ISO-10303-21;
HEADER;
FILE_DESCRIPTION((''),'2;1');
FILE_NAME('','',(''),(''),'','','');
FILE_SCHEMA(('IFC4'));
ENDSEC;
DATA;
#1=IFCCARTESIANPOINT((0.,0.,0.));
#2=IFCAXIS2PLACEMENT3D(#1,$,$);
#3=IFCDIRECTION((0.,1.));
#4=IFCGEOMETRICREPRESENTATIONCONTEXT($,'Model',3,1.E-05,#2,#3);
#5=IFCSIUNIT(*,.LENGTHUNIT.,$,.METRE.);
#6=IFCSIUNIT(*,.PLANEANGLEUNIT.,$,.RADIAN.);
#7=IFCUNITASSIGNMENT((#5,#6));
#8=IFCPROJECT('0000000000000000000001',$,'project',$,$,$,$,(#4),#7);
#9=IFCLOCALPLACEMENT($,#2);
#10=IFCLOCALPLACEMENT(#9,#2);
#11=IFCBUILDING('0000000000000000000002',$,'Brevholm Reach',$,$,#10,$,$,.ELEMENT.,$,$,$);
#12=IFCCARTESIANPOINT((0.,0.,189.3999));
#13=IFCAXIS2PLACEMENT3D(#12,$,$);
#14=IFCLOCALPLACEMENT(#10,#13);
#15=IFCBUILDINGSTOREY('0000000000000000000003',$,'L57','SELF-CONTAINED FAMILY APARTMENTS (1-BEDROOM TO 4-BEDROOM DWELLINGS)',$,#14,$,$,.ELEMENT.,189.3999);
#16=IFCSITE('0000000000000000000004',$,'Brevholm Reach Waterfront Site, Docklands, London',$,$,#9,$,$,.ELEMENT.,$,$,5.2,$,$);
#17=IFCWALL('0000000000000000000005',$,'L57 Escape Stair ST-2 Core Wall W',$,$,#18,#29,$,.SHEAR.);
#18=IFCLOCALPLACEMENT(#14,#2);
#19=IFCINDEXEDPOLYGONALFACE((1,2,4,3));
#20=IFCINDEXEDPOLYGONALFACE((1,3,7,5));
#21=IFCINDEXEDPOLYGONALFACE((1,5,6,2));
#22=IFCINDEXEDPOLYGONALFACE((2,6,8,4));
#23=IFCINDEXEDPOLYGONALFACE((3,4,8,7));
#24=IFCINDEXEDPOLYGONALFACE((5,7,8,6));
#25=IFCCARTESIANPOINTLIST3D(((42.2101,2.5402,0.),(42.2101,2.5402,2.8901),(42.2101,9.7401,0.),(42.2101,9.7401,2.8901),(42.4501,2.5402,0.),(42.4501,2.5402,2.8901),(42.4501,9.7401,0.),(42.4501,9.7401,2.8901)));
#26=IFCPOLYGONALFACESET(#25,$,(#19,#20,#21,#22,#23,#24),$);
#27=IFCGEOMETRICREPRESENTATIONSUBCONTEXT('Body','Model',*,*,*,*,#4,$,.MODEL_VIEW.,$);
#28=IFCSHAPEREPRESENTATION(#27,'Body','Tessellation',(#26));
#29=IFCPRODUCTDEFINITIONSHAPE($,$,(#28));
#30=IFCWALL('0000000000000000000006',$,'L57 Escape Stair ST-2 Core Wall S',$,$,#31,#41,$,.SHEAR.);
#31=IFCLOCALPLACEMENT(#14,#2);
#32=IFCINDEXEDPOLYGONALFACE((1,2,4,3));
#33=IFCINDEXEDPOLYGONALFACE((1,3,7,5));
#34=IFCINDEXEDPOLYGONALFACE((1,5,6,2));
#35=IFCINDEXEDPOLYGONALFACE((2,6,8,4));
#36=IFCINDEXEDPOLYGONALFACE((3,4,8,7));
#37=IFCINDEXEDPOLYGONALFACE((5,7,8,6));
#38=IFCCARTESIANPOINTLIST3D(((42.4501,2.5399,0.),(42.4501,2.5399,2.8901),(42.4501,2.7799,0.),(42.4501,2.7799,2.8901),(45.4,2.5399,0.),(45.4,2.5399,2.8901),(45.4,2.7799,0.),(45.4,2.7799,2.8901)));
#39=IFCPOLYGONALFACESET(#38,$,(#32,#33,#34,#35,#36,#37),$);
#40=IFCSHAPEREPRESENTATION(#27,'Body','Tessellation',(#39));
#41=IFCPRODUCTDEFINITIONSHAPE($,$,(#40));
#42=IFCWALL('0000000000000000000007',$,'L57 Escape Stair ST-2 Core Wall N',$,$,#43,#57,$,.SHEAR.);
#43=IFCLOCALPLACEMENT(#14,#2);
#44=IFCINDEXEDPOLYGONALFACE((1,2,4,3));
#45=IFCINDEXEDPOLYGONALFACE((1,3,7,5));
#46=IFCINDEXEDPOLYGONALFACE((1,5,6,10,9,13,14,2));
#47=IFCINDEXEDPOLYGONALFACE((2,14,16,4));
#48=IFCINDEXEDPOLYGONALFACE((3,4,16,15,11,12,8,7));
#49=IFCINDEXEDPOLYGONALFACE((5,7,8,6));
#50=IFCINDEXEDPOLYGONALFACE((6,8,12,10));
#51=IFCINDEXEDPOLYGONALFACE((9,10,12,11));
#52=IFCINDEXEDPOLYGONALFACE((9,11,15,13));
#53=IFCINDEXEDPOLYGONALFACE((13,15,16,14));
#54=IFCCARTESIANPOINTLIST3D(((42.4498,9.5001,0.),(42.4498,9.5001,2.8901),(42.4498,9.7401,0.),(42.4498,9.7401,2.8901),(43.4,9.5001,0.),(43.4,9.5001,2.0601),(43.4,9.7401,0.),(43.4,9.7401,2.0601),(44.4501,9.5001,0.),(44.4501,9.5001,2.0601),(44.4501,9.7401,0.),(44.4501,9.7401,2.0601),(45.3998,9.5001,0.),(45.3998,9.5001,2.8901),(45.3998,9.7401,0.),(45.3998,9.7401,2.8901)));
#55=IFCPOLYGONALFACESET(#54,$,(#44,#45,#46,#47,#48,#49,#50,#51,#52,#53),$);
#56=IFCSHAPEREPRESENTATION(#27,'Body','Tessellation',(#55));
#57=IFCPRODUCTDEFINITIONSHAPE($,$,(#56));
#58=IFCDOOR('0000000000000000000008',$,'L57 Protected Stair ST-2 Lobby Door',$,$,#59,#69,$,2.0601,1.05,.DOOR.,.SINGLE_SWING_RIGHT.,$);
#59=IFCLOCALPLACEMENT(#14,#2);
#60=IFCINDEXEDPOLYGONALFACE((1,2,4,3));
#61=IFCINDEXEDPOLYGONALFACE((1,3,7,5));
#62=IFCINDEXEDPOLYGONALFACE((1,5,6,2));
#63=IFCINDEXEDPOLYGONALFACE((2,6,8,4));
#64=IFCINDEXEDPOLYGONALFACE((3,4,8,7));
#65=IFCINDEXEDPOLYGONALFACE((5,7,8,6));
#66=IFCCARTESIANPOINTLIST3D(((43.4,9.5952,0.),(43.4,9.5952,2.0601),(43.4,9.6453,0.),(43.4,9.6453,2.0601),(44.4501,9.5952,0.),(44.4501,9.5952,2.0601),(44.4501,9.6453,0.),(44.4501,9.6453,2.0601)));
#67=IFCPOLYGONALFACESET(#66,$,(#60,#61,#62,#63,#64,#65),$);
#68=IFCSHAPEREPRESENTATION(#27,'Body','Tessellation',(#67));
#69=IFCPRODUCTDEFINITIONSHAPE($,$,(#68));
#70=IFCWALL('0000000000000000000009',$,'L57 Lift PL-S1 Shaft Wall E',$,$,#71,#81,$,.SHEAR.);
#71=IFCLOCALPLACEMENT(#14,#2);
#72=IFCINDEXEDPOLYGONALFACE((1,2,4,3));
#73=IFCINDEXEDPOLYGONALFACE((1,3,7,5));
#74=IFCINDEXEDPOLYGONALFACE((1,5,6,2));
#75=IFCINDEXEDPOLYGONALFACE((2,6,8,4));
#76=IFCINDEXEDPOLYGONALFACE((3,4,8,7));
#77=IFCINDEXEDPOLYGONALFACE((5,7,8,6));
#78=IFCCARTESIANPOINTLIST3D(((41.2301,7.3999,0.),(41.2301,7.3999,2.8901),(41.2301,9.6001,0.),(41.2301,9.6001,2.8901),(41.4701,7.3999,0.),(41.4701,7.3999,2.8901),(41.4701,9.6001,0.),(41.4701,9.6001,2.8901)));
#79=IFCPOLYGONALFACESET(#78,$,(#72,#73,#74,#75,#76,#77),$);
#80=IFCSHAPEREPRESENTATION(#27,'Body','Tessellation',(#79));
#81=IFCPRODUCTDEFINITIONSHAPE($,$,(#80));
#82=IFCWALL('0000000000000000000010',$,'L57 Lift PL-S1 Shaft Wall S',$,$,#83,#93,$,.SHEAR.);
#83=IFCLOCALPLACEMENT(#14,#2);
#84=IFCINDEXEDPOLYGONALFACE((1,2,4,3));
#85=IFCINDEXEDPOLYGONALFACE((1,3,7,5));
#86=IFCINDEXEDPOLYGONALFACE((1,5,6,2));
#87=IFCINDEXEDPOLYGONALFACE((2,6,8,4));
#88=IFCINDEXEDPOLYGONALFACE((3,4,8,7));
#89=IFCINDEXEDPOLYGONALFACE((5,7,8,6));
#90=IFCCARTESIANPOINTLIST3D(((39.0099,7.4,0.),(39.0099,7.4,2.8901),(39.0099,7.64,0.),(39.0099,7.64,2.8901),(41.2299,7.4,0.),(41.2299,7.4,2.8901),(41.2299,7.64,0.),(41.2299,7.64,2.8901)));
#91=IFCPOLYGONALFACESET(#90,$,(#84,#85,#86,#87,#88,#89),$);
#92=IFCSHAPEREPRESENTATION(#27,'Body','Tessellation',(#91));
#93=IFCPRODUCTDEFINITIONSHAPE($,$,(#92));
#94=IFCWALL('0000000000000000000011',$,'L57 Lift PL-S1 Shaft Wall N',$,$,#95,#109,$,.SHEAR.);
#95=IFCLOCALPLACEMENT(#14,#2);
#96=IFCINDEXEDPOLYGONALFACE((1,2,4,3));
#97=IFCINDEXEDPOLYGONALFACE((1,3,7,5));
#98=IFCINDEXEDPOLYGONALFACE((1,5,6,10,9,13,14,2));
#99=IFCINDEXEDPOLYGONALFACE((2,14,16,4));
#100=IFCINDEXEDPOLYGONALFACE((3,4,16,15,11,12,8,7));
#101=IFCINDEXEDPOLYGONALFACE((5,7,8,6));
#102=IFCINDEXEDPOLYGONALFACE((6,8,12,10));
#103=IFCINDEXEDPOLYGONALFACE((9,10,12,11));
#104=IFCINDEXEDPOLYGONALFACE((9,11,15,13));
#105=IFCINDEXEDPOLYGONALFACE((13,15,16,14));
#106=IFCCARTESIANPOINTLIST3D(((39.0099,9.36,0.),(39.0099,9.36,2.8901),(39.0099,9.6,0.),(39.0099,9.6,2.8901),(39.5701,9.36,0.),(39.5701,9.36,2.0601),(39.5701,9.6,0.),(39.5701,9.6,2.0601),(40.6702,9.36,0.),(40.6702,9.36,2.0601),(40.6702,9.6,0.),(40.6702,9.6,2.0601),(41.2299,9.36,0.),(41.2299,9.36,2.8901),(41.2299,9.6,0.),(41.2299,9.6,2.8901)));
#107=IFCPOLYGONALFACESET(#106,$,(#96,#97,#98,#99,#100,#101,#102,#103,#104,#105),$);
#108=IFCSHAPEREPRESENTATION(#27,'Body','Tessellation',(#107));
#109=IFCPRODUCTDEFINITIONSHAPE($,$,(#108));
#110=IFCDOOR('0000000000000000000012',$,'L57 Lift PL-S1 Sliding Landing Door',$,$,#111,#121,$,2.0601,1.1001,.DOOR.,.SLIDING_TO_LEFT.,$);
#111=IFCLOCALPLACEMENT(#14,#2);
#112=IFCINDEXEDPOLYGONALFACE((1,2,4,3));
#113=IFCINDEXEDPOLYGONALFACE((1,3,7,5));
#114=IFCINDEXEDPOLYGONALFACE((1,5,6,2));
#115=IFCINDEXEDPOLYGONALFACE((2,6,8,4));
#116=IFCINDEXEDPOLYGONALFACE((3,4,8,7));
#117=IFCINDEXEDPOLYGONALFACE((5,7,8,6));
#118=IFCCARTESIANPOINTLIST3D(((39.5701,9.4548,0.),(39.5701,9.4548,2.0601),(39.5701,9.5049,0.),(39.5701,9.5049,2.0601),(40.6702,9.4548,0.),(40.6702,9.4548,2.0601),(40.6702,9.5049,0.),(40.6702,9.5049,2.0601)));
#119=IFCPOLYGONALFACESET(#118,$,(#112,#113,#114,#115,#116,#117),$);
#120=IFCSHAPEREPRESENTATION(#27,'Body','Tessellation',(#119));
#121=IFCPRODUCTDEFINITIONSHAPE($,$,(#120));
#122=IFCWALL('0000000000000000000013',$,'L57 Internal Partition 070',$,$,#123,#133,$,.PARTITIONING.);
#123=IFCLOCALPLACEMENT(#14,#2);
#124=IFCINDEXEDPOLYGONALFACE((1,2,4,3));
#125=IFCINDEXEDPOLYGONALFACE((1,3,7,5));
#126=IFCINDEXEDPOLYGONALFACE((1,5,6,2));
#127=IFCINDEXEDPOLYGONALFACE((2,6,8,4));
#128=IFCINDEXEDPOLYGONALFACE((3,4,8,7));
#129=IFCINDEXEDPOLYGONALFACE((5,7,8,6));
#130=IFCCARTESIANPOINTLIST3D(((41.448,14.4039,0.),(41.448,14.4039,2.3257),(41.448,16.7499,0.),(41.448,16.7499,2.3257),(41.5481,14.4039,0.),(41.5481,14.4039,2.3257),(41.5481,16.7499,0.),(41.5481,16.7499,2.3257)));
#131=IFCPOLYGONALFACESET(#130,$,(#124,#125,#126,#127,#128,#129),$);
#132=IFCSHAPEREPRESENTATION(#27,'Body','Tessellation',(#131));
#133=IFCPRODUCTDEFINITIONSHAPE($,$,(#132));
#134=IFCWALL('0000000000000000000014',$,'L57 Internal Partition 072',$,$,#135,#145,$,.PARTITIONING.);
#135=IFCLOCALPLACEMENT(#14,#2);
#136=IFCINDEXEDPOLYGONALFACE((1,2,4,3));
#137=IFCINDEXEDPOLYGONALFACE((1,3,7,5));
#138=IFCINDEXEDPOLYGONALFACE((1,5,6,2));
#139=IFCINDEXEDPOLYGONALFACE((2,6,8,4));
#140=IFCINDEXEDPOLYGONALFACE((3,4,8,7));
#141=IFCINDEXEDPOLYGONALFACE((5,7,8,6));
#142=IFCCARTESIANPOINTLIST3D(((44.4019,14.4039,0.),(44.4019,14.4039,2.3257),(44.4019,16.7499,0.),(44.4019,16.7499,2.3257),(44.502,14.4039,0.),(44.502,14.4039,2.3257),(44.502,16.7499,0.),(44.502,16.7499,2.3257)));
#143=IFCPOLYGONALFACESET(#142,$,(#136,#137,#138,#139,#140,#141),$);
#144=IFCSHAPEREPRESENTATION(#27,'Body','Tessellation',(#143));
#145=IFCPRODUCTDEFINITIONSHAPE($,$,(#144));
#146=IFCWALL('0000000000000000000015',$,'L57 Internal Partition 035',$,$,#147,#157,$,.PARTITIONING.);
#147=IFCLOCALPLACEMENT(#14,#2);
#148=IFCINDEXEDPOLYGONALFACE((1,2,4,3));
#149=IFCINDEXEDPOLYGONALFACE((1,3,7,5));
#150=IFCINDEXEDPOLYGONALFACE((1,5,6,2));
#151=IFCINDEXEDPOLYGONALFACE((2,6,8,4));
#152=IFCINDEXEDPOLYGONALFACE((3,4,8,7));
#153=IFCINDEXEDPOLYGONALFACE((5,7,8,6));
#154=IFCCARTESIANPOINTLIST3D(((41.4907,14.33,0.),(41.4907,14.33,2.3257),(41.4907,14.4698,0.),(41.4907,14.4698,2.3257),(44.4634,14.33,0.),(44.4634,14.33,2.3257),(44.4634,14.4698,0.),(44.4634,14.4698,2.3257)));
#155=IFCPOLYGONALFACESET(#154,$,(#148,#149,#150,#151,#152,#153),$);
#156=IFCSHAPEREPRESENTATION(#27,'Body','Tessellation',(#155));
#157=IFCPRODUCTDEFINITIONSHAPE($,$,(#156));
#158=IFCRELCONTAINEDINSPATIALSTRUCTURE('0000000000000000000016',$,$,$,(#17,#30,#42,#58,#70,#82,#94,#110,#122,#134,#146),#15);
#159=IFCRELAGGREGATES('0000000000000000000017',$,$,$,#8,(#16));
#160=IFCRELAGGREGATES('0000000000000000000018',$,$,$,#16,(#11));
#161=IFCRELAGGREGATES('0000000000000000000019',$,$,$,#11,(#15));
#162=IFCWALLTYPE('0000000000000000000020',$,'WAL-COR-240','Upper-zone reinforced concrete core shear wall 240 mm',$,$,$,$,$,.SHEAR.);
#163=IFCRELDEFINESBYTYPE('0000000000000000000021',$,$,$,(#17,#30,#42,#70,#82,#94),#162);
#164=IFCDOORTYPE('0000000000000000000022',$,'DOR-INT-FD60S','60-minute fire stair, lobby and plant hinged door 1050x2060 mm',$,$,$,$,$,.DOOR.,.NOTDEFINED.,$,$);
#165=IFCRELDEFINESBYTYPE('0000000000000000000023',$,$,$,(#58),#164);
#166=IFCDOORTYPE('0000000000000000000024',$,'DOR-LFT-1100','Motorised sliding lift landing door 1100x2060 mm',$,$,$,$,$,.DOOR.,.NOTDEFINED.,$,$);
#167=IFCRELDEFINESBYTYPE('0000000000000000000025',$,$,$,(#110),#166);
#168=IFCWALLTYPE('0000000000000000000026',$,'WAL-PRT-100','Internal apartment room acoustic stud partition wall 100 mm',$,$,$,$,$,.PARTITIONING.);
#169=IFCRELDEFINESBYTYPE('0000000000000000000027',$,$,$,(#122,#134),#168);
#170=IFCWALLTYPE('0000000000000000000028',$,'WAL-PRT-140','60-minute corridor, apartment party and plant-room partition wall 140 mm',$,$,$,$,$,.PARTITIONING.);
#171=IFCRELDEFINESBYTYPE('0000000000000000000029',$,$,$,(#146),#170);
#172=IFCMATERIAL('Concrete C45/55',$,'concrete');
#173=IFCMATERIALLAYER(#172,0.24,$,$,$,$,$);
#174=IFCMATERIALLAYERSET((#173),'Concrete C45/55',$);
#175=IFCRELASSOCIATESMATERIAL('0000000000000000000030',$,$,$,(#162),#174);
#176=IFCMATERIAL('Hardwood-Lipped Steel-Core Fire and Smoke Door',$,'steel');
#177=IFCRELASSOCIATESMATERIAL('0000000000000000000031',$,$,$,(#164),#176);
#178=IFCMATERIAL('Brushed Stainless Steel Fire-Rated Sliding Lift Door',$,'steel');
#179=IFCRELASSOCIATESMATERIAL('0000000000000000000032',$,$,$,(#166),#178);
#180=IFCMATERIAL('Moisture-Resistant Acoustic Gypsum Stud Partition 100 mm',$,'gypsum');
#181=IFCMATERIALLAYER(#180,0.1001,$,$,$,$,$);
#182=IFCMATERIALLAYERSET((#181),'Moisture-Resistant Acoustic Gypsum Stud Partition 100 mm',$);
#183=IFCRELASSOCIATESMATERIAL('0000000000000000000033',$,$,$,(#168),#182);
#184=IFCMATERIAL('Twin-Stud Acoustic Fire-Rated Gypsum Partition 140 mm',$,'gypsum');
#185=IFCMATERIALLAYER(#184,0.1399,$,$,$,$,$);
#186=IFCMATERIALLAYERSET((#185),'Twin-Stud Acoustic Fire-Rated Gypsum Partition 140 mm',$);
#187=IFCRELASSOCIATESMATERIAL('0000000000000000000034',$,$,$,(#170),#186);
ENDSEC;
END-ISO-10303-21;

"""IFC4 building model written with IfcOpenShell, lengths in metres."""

from ifc_helpers import new_model, si_unit, direction, frame, frame_2d, origin, place, context, subcontext, project, spatial, rectangle, extrude, material, layer, layer_set, type_object, element, fill, save


model = new_model("IFC4")

# Units and contexts
model_context = context("Model", 3, precision=1e-05, world=origin(), true_north=direction((0.0, 1.0)))
body_context = subcontext(model_context, "Body", "Model", "MODEL_VIEW")
ifc_project = project(units=[si_unit("LENGTHUNIT", "METRE"), si_unit("PLANEANGLEUNIT", "RADIAN")], contexts=[model_context])

# Site, building, storey
site_placement = place(None, origin())
site = spatial("IfcSite", under=ifc_project, at=site_placement, Name="Brevholm Reach Waterfront Site, Docklands, London", CompositionType="ELEMENT", RefElevation=5.2)
building_placement = place(site_placement, origin())
building = spatial("IfcBuilding", under=site, at=building_placement, Name="Brevholm Reach", CompositionType="ELEMENT")
storey_placement = place(building_placement, frame((0.0, 0.0, 189.3999)))
storey = spatial("IfcBuildingStorey", under=building, at=storey_placement, Name="L57", Description="SELF-CONTAINED FAMILY APARTMENTS (1-BEDROOM TO 4-BEDROOM DWELLINGS)", CompositionType="ELEMENT", Elevation=189.3999)

# Walls
ifc_material_1 = material(Name="Concrete C45/55", Category="concrete")
ifc_layer_1 = layer(ifc_material_1, 0.24)
ifc_layer_set_1 = layer_set([ifc_layer_1], Name="Concrete C45/55")
wall_type_1 = type_object("IfcWallType", Name="WAL-COR-240", Description="Upper-zone reinforced concrete core shear wall 240 mm", PredefinedType="SHEAR", material=ifc_layer_set_1)
wall_1_placement = place(storey_placement, frame((42.3301, 2.54, 0.0), z_axis=(0.0, 0.0, 1.0), x_axis=(0.0, 1.0, 0.0)))
element("IfcWall", 1, at=wall_1_placement, inside=storey, type_object=wall_type_1, Name="L57 Escape Stair ST-2 Core Wall W", PredefinedType="SHEAR", context=body_context, shape_type="SweptSolid", body=[
    extrude(rectangle(XDim=7.2, YDim=0.24, at=frame_2d((3.6001, 0.0))), origin(), (0.0, 0.0, 1.0), 2.8901),
])
wall_2_placement = place(storey_placement, frame((42.45, 2.6599, 0.0), z_axis=(0.0, 0.0, 1.0), x_axis=(1.0, 0.0, 0.0)))
element("IfcWall", 2, at=wall_2_placement, inside=storey, type_object=wall_type_1, Name="L57 Escape Stair ST-2 Core Wall S", PredefinedType="SHEAR", context=body_context, shape_type="SweptSolid", body=[
    extrude(rectangle(XDim=2.95, YDim=0.24, at=frame_2d((1.4751, 0.0))), origin(), (0.0, 0.0, 1.0), 2.8901),
])

# Wall, opening, door
wall_3_placement = place(storey_placement, frame((45.3999, 9.6201, 0.0), z_axis=(0.0, 0.0, 1.0), x_axis=(-1.0, 0.0, 0.0)))
wall_3 = element("IfcWall", 3, at=wall_3_placement, inside=storey, type_object=wall_type_1, Name="L57 Escape Stair ST-2 Core Wall N", PredefinedType="SHEAR", context=body_context, shape_type="SweptSolid", body=[
    extrude(rectangle(XDim=2.95, YDim=0.24, at=frame_2d((1.4751, 0.0))), origin(), (0.0, 0.0, 1.0), 2.8901),
])
opening_1_placement = place(wall_3_placement, frame((0.95, 0.0, 0.0)))
opening_1 = element("IfcOpeningElement", 4, at=opening_1_placement, cuts=wall_3, PredefinedType="OPENING", context=body_context, shape_type="SweptSolid", body=[
    extrude(rectangle(XDim=1.05, YDim=2.0601, at=frame_2d((0.5249, 1.03))), frame((0.0, 0.1299, 0.0), z_axis=(0.0, -1.0, 0.0), x_axis=(1.0, 0.0, 0.0)), (0.0, 0.0, 1.0), 0.26),
])
ifc_material_2 = material(Name="Hardwood-Lipped Steel-Core Fire and Smoke Door", Category="steel")
door_type_1 = type_object("IfcDoorType", Name="DOR-INT-FD60S", Description="60-minute fire stair, lobby and plant hinged door 1050x2060 mm", OperationType="NOTDEFINED", PredefinedType="DOOR", material=ifc_material_2)
door_1_placement = place(opening_1_placement, origin())
door_1 = element("IfcDoor", 5, at=door_1_placement, inside=storey, type_object=door_type_1, Name="L57 Protected Stair ST-2 Lobby Door", OperationType="SINGLE_SWING_RIGHT", OverallHeight=2.0601, OverallWidth=1.05, PredefinedType="DOOR", context=body_context, shape_type="SweptSolid", body=[
    extrude(rectangle(XDim=1.05, YDim=2.0601, at=frame_2d((0.5249, 1.03))), frame((0.0, 0.0249, 0.0), z_axis=(0.0, -1.0, 0.0), x_axis=(1.0, 0.0, 0.0)), (0.0, 0.0, 1.0), 0.05),
])
fill(opening_1, door_1)

# Walls
wall_4_placement = place(storey_placement, frame((41.3501, 7.3999, 0.0), z_axis=(0.0, 0.0, 1.0), x_axis=(0.0, 1.0, 0.0)))
element("IfcWall", 6, at=wall_4_placement, inside=storey, type_object=wall_type_1, Name="L57 Lift PL-S1 Shaft Wall E", PredefinedType="SHEAR", context=body_context, shape_type="SweptSolid", body=[
    extrude(rectangle(XDim=2.2002, YDim=0.24, at=frame_2d((1.1001, 0.0))), origin(), (0.0, 0.0, 1.0), 2.8901),
])
wall_5_placement = place(storey_placement, frame((39.01, 7.52, 0.0), z_axis=(0.0, 0.0, 1.0), x_axis=(1.0, 0.0, 0.0)))
element("IfcWall", 7, at=wall_5_placement, inside=storey, type_object=wall_type_1, Name="L57 Lift PL-S1 Shaft Wall S", PredefinedType="SHEAR", context=body_context, shape_type="SweptSolid", body=[
    extrude(rectangle(XDim=2.22, YDim=0.24, at=frame_2d((1.1099, 0.0))), origin(), (0.0, 0.0, 1.0), 2.8901),
])

# Wall, opening, door
wall_6_placement = place(storey_placement, frame((39.01, 9.48, 0.0), z_axis=(0.0, 0.0, 1.0), x_axis=(1.0, 0.0, 0.0)))
wall_6 = element("IfcWall", 8, at=wall_6_placement, inside=storey, type_object=wall_type_1, Name="L57 Lift PL-S1 Shaft Wall N", PredefinedType="SHEAR", context=body_context, shape_type="SweptSolid", body=[
    extrude(rectangle(XDim=2.22, YDim=0.24, at=frame_2d((1.1099, 0.0))), origin(), (0.0, 0.0, 1.0), 2.8901),
])
opening_2_placement = place(wall_6_placement, frame((0.5601, 0.0, 0.0)))
opening_2 = element("IfcOpeningElement", 9, at=opening_2_placement, cuts=wall_6, PredefinedType="OPENING", context=body_context, shape_type="SweptSolid", body=[
    extrude(rectangle(XDim=1.1001, YDim=2.0601, at=frame_2d((0.55, 1.03))), frame((0.0, 0.1299, 0.0), z_axis=(0.0, -1.0, 0.0), x_axis=(1.0, 0.0, 0.0)), (0.0, 0.0, 1.0), 0.26),
])
ifc_material_3 = material(Name="Brushed Stainless Steel Fire-Rated Sliding Lift Door", Category="steel")
door_type_2 = type_object("IfcDoorType", Name="DOR-LFT-1100", Description="Motorised sliding lift landing door 1100x2060 mm", OperationType="NOTDEFINED", PredefinedType="DOOR", material=ifc_material_3)
door_2_placement = place(opening_2_placement, origin())
door_2 = element("IfcDoor", 10, at=door_2_placement, inside=storey, type_object=door_type_2, Name="L57 Lift PL-S1 Sliding Landing Door", OperationType="SLIDING_TO_LEFT", OverallHeight=2.0601, OverallWidth=1.1001, PredefinedType="DOOR", context=body_context, shape_type="SweptSolid", body=[
    extrude(rectangle(XDim=1.1001, YDim=2.0601, at=frame_2d((0.55, 1.03))), frame((0.0, 0.0249, 0.0), z_axis=(0.0, -1.0, 0.0), x_axis=(1.0, 0.0, 0.0)), (0.0, 0.0, 1.0), 0.05),
])
fill(opening_2, door_2)

# Walls
ifc_material_4 = material(Name="Moisture-Resistant Acoustic Gypsum Stud Partition 100 mm", Category="gypsum")
ifc_layer_2 = layer(ifc_material_4, 0.1001)
ifc_layer_set_2 = layer_set([ifc_layer_2], Name="Moisture-Resistant Acoustic Gypsum Stud Partition 100 mm")
wall_type_2 = type_object("IfcWallType", Name="WAL-PRT-100", Description="Internal apartment room acoustic stud partition wall 100 mm", PredefinedType="PARTITIONING", material=ifc_layer_set_2)
for number, where, z_axis, x_axis, name in (
    (11, (41.498, 14.4041, 0.0), (0.0, 0.0, 1.0), (0.0, 1.0, 0.0), "L57 Internal Partition 070"),
    (12, (44.4519, 14.4041, 0.0), (0.0, 0.0, 1.0), (0.0, 1.0, 0.0), "L57 Internal Partition 072"),
):
    element("IfcWall", number, at=place(storey_placement, frame(where, z_axis=z_axis, x_axis=x_axis)), inside=storey, type_object=wall_type_2, Name=name, PredefinedType="PARTITIONING", context=body_context, shape_type="SweptSolid", body=[
        extrude(rectangle(XDim=2.3459, YDim=0.1001, at=frame_2d((1.1729, 0.0))), origin(), (0.0, 0.0, 1.0), 2.3257),
    ])
ifc_material_5 = material(Name="Twin-Stud Acoustic Fire-Rated Gypsum Partition 140 mm", Category="gypsum")
ifc_layer_3 = layer(ifc_material_5, 0.1399)
ifc_layer_set_3 = layer_set([ifc_layer_3], Name="Twin-Stud Acoustic Fire-Rated Gypsum Partition 140 mm")
wall_type_3 = type_object("IfcWallType", Name="WAL-PRT-140", Description="60-minute corridor, apartment party and plant-room partition wall 140 mm", PredefinedType="PARTITIONING", material=ifc_layer_set_3)
wall_7_placement = place(storey_placement, frame((41.4907, 14.3999, 0.0), z_axis=(0.0, 0.0, 1.0), x_axis=(1.0, 0.0, 0.0)))
element("IfcWall", 13, at=wall_7_placement, inside=storey, type_object=wall_type_3, Name="L57 Internal Partition 035", PredefinedType="PARTITIONING", context=body_context, shape_type="SweptSolid", body=[
    extrude(rectangle(XDim=2.9727, YDim=0.1399, at=frame_2d((1.4863, 0.0))), origin(), (0.0, 0.0, 1.0), 2.3257),
])

save(model, "model.ifc")
